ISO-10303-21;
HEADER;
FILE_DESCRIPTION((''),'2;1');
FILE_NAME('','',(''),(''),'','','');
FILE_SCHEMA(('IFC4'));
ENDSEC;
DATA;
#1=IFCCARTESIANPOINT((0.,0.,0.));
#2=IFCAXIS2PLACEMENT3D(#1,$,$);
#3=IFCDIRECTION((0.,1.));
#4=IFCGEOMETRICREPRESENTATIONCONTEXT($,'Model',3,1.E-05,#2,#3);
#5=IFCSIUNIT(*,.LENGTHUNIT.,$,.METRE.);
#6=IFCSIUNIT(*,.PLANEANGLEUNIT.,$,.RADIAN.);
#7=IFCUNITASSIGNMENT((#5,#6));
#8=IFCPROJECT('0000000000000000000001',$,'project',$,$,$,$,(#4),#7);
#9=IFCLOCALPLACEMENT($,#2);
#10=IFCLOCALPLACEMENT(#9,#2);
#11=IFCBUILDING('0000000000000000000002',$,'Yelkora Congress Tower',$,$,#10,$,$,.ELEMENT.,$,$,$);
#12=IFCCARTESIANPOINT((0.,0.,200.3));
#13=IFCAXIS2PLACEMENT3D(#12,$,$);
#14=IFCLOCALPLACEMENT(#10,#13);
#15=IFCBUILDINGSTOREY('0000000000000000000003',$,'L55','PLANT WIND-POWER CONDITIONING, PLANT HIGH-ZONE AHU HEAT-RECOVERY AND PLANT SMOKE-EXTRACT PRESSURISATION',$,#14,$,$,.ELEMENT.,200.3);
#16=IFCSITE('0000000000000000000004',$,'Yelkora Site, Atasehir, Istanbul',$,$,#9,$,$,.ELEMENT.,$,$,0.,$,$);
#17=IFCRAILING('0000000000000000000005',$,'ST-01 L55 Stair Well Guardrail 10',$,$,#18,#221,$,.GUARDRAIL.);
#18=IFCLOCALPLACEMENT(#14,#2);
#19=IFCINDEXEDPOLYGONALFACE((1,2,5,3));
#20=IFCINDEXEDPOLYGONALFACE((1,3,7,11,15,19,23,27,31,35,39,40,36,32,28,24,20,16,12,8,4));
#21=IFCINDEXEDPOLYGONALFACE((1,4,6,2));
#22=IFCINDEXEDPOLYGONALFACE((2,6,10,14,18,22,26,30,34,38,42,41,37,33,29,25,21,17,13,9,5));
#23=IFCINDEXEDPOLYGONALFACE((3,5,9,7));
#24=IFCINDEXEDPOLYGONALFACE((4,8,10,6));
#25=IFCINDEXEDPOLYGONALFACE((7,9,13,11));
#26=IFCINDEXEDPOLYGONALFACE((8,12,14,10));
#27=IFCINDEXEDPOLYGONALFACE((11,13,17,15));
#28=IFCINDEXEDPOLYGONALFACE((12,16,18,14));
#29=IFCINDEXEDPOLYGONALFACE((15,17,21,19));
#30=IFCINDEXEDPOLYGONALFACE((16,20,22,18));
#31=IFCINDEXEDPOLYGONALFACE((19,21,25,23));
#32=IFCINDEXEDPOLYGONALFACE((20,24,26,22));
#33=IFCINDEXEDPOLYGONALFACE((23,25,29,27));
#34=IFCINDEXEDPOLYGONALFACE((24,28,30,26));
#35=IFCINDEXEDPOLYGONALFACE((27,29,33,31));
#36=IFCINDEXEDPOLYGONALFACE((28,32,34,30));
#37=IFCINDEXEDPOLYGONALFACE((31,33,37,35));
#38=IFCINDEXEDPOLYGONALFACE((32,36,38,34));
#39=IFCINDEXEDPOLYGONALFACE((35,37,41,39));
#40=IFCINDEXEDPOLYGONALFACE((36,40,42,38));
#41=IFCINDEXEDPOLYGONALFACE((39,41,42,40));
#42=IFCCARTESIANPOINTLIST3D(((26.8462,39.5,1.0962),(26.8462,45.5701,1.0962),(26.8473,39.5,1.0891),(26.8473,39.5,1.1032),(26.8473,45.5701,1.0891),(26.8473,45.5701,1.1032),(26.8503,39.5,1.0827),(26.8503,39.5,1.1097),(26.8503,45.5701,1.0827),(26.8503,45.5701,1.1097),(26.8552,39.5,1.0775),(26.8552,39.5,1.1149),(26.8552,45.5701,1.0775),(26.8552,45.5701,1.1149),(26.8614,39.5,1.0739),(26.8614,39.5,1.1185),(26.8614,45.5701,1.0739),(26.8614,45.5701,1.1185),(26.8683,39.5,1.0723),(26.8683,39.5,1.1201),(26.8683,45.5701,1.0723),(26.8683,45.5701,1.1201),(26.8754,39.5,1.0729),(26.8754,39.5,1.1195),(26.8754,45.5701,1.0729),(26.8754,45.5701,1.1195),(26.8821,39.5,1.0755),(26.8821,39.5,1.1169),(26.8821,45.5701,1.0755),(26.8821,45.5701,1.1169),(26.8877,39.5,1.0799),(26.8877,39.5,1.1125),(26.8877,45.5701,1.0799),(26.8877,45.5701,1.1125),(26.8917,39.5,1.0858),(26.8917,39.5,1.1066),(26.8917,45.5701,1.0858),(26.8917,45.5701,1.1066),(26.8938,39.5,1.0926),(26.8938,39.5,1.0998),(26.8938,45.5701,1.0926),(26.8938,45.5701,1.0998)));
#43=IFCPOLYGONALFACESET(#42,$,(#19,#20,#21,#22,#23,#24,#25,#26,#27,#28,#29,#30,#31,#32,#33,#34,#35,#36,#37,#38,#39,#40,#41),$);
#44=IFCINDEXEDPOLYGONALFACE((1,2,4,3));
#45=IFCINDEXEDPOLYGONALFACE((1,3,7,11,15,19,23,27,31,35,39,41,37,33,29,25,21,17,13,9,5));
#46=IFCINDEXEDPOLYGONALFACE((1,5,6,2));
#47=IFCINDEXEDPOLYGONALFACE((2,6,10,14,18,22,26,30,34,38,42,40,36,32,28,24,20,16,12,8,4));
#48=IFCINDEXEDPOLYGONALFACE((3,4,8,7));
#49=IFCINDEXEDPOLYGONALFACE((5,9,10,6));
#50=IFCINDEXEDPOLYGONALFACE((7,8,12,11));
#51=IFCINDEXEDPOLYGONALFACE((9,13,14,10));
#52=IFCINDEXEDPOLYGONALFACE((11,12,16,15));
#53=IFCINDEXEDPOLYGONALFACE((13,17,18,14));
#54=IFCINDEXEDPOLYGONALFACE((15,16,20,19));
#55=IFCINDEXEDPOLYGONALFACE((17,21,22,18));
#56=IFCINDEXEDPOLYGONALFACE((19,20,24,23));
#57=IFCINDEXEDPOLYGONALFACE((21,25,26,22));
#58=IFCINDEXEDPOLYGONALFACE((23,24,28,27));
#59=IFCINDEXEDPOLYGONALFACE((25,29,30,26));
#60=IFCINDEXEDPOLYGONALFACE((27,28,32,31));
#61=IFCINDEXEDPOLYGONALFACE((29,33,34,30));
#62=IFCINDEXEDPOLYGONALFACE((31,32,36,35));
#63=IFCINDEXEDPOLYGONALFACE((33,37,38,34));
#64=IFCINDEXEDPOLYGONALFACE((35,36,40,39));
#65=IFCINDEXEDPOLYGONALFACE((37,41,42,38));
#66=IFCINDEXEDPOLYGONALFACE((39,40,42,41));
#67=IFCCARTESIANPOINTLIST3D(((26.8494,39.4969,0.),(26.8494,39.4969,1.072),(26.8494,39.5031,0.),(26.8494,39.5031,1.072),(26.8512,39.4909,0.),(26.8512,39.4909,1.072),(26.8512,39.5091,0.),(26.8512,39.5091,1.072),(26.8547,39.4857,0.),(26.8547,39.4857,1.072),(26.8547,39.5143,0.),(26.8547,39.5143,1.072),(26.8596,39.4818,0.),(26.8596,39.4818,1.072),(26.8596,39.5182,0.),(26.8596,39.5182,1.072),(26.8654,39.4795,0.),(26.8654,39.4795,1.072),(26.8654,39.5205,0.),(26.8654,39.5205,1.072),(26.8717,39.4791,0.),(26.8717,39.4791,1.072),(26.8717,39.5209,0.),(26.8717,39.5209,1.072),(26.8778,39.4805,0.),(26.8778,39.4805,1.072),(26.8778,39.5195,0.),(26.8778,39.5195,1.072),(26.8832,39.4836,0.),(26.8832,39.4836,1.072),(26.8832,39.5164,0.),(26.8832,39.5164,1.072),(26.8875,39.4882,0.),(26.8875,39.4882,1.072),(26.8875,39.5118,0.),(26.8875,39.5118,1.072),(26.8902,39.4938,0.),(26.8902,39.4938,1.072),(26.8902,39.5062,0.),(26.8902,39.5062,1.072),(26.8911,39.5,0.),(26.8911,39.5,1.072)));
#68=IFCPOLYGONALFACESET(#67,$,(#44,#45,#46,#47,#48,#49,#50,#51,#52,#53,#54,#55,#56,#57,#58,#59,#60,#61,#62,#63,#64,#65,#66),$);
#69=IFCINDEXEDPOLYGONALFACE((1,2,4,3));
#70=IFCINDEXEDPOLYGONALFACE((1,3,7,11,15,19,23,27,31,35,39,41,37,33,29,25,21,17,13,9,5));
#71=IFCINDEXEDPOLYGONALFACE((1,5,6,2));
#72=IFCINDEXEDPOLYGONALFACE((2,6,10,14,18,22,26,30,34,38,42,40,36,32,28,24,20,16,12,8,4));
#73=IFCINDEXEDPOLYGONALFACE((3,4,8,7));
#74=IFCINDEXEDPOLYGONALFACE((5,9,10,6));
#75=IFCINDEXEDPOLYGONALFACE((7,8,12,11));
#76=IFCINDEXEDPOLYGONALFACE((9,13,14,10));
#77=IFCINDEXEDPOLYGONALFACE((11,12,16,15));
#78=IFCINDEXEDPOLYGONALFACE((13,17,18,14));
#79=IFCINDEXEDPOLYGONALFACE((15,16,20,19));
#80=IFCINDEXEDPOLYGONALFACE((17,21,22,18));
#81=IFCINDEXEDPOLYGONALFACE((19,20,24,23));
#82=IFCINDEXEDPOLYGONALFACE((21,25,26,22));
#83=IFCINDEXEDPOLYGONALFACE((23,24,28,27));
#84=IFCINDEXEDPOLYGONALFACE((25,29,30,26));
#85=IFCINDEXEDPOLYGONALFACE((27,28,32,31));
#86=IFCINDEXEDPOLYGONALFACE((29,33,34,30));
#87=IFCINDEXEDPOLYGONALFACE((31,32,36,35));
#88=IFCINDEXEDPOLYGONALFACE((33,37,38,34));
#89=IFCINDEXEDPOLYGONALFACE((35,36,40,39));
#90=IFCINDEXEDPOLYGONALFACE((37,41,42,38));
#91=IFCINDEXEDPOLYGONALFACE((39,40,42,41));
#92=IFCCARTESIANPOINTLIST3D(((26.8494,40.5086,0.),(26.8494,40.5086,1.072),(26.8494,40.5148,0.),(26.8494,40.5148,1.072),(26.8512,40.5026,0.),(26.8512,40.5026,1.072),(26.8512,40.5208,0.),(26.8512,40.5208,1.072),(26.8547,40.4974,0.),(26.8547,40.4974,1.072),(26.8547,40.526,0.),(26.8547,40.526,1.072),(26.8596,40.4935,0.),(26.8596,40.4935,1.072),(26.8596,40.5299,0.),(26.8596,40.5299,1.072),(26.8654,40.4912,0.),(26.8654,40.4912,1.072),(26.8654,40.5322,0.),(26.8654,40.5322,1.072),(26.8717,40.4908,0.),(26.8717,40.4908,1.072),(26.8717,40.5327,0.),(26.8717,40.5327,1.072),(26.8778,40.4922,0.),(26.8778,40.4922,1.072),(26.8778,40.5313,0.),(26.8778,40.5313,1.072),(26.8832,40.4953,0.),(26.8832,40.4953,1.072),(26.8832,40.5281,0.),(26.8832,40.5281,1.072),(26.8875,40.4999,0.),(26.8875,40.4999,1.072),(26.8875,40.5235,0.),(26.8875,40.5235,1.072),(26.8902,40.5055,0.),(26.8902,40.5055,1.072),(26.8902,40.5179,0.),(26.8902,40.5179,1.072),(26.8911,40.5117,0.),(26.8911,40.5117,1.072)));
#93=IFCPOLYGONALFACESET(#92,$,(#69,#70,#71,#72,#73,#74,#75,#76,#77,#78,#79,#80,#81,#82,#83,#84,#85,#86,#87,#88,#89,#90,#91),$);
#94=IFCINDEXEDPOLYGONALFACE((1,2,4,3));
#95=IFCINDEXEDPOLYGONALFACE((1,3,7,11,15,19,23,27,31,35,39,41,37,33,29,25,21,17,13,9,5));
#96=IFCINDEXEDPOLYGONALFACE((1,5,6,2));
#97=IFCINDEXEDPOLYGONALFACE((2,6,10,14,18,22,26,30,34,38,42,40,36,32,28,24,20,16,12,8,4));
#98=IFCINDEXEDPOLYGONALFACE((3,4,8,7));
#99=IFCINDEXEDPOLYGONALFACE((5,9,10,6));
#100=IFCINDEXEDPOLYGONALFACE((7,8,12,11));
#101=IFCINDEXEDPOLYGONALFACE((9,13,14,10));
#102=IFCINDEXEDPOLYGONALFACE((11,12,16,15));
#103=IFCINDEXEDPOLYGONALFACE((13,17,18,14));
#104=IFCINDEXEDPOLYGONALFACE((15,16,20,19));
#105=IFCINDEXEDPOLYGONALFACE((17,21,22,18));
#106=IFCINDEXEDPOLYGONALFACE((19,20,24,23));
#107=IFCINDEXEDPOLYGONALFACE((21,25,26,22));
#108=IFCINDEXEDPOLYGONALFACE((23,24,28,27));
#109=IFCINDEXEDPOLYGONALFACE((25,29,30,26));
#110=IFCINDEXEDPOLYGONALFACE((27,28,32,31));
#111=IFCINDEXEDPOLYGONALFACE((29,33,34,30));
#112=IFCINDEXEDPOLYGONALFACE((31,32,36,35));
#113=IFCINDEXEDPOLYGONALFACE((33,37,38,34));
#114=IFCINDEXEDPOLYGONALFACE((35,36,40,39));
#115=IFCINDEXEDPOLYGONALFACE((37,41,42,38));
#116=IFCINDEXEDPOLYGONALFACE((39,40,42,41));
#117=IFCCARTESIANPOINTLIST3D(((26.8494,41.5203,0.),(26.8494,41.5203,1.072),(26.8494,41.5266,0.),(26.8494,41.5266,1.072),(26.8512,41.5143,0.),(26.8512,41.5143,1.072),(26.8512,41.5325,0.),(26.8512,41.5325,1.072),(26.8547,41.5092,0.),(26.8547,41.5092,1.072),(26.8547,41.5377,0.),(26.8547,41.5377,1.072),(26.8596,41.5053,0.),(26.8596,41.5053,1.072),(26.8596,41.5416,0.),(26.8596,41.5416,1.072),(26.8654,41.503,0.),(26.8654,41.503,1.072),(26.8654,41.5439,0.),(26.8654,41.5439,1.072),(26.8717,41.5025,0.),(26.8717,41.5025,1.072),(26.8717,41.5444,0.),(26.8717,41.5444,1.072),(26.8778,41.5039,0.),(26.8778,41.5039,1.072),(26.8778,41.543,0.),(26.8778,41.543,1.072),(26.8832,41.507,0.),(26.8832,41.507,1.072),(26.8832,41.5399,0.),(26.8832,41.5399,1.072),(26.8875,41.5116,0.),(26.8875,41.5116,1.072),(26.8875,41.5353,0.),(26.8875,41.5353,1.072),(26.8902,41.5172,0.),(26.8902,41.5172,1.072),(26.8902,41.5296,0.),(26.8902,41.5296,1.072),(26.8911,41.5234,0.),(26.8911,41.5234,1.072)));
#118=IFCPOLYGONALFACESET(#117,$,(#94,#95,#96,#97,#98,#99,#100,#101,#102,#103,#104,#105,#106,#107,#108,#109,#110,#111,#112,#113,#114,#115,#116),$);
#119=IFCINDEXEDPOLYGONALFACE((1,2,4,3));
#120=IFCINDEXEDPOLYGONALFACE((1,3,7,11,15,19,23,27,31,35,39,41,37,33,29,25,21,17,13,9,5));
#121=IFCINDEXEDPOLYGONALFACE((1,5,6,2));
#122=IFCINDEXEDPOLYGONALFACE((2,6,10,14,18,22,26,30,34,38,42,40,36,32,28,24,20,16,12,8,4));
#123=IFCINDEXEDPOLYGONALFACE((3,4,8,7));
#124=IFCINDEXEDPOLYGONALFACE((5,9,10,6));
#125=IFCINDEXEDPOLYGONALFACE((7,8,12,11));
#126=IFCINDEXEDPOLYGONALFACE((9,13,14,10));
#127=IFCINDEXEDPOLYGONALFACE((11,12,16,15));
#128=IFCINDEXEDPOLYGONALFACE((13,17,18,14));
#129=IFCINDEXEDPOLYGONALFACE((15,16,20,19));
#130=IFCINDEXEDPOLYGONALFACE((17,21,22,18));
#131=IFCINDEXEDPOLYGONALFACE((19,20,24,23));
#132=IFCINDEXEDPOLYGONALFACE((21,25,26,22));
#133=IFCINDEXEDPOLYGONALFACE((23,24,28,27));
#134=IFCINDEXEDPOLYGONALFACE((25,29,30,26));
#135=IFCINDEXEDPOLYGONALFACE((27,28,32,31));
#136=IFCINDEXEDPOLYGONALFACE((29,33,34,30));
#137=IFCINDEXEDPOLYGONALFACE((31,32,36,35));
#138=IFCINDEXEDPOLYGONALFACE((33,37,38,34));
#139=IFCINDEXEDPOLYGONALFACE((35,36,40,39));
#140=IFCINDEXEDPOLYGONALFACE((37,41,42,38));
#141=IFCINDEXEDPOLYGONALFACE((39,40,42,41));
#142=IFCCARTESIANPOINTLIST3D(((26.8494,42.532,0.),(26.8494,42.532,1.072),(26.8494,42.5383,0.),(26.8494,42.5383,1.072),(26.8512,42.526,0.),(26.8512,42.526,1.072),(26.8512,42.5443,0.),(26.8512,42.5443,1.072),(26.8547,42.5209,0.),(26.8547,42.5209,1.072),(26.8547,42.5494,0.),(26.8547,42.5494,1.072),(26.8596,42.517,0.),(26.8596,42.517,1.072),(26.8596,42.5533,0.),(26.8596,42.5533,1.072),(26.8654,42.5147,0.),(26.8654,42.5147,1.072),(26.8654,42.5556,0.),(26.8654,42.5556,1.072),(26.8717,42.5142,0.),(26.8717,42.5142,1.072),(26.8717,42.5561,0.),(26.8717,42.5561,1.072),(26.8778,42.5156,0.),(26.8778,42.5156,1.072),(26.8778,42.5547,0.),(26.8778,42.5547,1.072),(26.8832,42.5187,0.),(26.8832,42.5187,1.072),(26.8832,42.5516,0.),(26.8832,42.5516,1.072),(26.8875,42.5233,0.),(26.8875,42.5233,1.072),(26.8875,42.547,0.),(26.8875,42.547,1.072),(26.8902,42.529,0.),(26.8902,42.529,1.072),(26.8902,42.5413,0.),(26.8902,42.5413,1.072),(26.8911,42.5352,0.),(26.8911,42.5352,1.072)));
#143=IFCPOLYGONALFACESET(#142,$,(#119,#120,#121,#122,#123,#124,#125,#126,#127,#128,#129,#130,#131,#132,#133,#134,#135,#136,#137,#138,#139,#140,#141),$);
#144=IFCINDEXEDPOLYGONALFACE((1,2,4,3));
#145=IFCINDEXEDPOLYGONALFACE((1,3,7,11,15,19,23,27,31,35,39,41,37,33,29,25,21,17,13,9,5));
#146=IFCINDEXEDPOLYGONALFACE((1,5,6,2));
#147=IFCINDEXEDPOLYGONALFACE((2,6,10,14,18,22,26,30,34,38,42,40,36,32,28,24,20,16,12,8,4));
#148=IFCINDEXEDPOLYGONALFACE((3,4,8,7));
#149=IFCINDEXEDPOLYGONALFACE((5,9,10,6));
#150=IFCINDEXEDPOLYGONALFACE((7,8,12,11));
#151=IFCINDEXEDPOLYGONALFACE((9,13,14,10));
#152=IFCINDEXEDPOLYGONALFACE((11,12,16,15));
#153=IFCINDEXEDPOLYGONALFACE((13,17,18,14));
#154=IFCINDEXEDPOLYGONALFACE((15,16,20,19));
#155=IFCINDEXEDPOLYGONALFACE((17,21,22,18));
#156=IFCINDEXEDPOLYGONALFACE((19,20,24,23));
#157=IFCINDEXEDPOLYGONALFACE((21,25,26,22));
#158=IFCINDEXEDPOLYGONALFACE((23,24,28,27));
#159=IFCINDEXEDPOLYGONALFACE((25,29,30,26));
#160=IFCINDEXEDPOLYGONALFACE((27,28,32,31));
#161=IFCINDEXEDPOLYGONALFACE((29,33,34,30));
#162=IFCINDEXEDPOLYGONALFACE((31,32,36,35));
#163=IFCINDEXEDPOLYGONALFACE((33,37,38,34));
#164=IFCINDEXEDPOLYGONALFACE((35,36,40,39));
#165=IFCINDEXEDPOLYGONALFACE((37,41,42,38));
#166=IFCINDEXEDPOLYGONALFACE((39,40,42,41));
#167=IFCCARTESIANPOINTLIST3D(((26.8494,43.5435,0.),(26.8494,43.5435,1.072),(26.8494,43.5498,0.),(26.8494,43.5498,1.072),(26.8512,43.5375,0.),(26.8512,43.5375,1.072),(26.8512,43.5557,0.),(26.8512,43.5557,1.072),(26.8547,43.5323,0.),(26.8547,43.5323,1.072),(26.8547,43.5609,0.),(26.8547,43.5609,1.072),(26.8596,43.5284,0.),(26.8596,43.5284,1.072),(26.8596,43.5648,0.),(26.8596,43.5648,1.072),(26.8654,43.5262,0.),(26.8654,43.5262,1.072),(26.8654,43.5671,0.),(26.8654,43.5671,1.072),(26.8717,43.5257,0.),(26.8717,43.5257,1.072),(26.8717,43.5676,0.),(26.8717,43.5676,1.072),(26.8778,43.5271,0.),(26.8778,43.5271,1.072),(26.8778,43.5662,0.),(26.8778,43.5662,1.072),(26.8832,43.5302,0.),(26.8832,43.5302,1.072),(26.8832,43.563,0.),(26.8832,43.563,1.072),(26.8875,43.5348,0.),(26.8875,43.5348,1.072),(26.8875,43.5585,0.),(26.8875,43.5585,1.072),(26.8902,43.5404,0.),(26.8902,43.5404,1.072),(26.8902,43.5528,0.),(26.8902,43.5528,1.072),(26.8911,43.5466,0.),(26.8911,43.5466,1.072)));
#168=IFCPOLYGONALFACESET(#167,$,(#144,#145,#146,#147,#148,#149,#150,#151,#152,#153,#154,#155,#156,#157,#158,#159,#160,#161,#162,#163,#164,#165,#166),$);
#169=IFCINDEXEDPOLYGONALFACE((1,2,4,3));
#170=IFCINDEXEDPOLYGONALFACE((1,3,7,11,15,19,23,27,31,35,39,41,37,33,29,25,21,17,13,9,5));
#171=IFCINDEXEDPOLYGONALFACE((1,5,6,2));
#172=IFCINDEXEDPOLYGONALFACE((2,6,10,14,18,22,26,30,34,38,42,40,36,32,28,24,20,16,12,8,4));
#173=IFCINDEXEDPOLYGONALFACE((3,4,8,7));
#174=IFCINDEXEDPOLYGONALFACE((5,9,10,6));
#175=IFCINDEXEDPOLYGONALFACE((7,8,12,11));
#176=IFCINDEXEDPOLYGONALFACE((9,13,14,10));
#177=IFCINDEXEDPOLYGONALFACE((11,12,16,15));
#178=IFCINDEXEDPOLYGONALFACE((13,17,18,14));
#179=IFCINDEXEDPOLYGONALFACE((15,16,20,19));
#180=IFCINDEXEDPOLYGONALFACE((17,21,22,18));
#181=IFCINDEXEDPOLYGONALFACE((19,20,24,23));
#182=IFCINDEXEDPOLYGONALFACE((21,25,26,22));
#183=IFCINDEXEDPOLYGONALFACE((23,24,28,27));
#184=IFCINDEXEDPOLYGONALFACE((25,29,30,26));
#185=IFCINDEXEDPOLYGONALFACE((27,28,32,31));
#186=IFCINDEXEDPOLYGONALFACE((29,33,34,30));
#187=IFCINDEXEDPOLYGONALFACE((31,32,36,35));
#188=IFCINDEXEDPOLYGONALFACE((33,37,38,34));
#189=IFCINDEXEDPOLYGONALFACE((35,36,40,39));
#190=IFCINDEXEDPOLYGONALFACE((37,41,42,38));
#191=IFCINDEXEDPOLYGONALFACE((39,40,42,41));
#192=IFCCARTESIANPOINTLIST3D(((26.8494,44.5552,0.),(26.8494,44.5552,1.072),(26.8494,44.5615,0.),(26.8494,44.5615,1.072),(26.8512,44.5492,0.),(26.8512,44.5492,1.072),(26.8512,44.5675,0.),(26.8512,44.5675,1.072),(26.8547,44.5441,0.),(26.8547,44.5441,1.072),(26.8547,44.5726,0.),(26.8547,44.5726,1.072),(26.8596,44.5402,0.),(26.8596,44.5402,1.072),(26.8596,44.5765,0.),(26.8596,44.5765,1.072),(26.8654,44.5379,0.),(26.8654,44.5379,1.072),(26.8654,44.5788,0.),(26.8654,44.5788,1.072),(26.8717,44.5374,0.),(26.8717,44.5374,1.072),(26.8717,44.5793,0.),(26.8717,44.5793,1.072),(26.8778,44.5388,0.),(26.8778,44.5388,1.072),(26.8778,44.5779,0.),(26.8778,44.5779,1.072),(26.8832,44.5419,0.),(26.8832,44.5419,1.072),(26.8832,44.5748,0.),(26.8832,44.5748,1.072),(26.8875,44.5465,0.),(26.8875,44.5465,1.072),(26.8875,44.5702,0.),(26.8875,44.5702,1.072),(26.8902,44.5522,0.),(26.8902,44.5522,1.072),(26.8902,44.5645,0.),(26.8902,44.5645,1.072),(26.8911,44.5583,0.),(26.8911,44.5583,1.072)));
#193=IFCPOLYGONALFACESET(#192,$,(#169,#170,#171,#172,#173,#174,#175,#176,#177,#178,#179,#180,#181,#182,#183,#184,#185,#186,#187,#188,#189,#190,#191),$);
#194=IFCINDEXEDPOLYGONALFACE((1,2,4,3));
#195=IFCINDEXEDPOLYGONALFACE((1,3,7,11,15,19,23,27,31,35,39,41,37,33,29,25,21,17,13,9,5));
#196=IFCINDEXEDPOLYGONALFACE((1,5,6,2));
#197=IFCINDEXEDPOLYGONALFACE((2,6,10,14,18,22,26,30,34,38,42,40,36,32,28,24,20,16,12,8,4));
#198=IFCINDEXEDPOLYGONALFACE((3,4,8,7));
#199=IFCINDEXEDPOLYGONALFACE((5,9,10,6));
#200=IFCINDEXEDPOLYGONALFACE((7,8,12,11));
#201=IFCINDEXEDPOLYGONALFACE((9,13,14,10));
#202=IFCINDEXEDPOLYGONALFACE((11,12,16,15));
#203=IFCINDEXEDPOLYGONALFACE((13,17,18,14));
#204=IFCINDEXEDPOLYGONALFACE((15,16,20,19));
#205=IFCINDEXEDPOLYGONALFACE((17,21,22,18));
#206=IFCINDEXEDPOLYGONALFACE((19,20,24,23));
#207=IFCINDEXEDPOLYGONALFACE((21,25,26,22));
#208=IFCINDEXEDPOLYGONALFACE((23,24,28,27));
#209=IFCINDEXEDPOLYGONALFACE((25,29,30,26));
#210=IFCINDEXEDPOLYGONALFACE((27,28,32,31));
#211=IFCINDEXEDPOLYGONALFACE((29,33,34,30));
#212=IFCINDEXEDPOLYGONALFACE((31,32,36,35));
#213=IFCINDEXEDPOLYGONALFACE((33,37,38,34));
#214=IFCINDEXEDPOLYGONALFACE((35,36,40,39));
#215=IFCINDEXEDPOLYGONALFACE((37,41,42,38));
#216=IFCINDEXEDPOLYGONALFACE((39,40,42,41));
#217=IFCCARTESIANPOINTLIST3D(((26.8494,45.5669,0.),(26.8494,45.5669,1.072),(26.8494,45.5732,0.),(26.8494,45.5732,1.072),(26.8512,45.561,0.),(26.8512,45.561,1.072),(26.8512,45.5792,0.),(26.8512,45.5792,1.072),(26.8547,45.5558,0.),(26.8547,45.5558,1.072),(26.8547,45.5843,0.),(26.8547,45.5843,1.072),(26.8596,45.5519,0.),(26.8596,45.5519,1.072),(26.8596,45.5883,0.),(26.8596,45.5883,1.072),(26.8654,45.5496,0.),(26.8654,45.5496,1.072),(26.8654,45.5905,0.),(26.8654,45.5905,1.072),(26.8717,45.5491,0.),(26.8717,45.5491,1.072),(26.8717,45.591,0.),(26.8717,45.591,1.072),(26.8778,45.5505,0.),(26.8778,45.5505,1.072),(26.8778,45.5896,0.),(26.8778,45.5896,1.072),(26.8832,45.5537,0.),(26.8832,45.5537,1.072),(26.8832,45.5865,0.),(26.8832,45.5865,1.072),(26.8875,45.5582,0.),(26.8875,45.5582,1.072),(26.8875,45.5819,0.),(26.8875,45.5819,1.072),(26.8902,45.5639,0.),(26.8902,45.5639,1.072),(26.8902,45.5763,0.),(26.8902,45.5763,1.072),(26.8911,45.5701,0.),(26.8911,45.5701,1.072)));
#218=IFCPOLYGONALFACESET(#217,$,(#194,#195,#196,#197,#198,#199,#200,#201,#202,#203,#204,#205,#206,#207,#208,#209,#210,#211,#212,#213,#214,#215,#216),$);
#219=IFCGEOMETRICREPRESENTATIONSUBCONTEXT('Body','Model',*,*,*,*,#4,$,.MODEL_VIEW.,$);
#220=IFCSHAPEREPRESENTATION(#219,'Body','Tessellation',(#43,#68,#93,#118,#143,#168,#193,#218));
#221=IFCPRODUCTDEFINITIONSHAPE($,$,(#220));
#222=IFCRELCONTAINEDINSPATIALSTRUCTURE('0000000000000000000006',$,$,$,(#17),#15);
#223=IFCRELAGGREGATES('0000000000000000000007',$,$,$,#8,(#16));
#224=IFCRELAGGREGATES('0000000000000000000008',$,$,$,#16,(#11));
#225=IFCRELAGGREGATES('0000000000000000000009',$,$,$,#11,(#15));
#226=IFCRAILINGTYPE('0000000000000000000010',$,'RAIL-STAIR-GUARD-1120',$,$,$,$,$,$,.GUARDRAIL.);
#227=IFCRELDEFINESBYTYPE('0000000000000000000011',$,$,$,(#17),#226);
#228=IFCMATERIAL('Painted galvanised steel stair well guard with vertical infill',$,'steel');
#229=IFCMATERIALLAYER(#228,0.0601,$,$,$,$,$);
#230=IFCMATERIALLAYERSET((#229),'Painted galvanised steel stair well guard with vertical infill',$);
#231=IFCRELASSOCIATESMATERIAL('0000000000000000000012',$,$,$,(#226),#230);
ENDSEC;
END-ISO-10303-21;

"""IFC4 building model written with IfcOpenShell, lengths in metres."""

from ifc_helpers import new_model, si_unit, direction, frame, origin, origin_2d, place, context, subcontext, project, spatial, circle, extrude, material, layer, layer_set, type_object, element, save


model = new_model("IFC4")

# Units and contexts
model_context = context("Model", 3, precision=1e-05, world=origin(), true_north=direction((0.0, 1.0)))
body_context = subcontext(model_context, "Body", "Model", "MODEL_VIEW")
ifc_project = project(units=[si_unit("LENGTHUNIT", "METRE"), si_unit("PLANEANGLEUNIT", "RADIAN")], contexts=[model_context])

# Site, building, storey
site_placement = place(None, origin())
site = spatial("IfcSite", under=ifc_project, at=site_placement, Name="Yelkora Site, Atasehir, Istanbul", CompositionType="ELEMENT", RefElevation=0.0)
building_placement = place(site_placement, origin())
building = spatial("IfcBuilding", under=site, at=building_placement, Name="Yelkora Congress Tower", CompositionType="ELEMENT")
storey_placement = place(building_placement, frame((0.0, 0.0, 200.3)))
storey = spatial("IfcBuildingStorey", under=building, at=storey_placement, Name="L55", Description="PLANT WIND-POWER CONDITIONING, PLANT HIGH-ZONE AHU HEAT-RECOVERY AND PLANT SMOKE-EXTRACT PRESSURISATION", CompositionType="ELEMENT", Elevation=200.3)

# Railing
ifc_material_1 = material(Name="Painted galvanised steel stair well guard with vertical infill", Category="steel")
ifc_layer_1 = layer(ifc_material_1, 0.0601)
ifc_layer_set_1 = layer_set([ifc_layer_1], Name="Painted galvanised steel stair well guard with vertical infill")
railing_type_1 = type_object("IfcRailingType", Name="RAIL-STAIR-GUARD-1120", PredefinedType="GUARDRAIL", material=ifc_layer_set_1)
railing_1_placement = place(storey_placement, frame((26.8701, 39.5, 0.0)))
element("IfcRailing", 1, at=railing_1_placement, inside=storey, type_object=railing_type_1, Name="ST-01 L55 Stair Well Guardrail 10", PredefinedType="GUARDRAIL", context=body_context, shape_type="SweptSolid", body=[
    extrude(circle(Radius=0.0239, at=origin_2d()), frame((0.0, 0.0, 1.0962), z_axis=(0.0, 1.0, 0.0), x_axis=(-1.0, 0.0, 0.0)), (0.0, 0.0, 1.0), 6.0701),
    extrude(circle(Radius=0.021, at=origin_2d()), origin(), (0.0, 0.0, 1.0), 1.072),
    extrude(circle(Radius=0.021, at=origin_2d()), frame((0.0, 1.0117, 0.0)), (0.0, 0.0, 1.0), 1.072),
    extrude(circle(Radius=0.021, at=origin_2d()), frame((0.0, 2.0234, 0.0)), (0.0, 0.0, 1.0), 1.072),
    extrude(circle(Radius=0.021, at=origin_2d()), frame((0.0, 3.0352, 0.0)), (0.0, 0.0, 1.0), 1.072),
    extrude(circle(Radius=0.021, at=origin_2d()), frame((0.0, 4.0466, 0.0)), (0.0, 0.0, 1.0), 1.072),
    extrude(circle(Radius=0.021, at=origin_2d()), frame((0.0, 5.0583, 0.0)), (0.0, 0.0, 1.0), 1.072),
    extrude(circle(Radius=0.021, at=origin_2d()), frame((0.0, 6.0701, 0.0)), (0.0, 0.0, 1.0), 1.072),
])

save(model, "model.ifc")
